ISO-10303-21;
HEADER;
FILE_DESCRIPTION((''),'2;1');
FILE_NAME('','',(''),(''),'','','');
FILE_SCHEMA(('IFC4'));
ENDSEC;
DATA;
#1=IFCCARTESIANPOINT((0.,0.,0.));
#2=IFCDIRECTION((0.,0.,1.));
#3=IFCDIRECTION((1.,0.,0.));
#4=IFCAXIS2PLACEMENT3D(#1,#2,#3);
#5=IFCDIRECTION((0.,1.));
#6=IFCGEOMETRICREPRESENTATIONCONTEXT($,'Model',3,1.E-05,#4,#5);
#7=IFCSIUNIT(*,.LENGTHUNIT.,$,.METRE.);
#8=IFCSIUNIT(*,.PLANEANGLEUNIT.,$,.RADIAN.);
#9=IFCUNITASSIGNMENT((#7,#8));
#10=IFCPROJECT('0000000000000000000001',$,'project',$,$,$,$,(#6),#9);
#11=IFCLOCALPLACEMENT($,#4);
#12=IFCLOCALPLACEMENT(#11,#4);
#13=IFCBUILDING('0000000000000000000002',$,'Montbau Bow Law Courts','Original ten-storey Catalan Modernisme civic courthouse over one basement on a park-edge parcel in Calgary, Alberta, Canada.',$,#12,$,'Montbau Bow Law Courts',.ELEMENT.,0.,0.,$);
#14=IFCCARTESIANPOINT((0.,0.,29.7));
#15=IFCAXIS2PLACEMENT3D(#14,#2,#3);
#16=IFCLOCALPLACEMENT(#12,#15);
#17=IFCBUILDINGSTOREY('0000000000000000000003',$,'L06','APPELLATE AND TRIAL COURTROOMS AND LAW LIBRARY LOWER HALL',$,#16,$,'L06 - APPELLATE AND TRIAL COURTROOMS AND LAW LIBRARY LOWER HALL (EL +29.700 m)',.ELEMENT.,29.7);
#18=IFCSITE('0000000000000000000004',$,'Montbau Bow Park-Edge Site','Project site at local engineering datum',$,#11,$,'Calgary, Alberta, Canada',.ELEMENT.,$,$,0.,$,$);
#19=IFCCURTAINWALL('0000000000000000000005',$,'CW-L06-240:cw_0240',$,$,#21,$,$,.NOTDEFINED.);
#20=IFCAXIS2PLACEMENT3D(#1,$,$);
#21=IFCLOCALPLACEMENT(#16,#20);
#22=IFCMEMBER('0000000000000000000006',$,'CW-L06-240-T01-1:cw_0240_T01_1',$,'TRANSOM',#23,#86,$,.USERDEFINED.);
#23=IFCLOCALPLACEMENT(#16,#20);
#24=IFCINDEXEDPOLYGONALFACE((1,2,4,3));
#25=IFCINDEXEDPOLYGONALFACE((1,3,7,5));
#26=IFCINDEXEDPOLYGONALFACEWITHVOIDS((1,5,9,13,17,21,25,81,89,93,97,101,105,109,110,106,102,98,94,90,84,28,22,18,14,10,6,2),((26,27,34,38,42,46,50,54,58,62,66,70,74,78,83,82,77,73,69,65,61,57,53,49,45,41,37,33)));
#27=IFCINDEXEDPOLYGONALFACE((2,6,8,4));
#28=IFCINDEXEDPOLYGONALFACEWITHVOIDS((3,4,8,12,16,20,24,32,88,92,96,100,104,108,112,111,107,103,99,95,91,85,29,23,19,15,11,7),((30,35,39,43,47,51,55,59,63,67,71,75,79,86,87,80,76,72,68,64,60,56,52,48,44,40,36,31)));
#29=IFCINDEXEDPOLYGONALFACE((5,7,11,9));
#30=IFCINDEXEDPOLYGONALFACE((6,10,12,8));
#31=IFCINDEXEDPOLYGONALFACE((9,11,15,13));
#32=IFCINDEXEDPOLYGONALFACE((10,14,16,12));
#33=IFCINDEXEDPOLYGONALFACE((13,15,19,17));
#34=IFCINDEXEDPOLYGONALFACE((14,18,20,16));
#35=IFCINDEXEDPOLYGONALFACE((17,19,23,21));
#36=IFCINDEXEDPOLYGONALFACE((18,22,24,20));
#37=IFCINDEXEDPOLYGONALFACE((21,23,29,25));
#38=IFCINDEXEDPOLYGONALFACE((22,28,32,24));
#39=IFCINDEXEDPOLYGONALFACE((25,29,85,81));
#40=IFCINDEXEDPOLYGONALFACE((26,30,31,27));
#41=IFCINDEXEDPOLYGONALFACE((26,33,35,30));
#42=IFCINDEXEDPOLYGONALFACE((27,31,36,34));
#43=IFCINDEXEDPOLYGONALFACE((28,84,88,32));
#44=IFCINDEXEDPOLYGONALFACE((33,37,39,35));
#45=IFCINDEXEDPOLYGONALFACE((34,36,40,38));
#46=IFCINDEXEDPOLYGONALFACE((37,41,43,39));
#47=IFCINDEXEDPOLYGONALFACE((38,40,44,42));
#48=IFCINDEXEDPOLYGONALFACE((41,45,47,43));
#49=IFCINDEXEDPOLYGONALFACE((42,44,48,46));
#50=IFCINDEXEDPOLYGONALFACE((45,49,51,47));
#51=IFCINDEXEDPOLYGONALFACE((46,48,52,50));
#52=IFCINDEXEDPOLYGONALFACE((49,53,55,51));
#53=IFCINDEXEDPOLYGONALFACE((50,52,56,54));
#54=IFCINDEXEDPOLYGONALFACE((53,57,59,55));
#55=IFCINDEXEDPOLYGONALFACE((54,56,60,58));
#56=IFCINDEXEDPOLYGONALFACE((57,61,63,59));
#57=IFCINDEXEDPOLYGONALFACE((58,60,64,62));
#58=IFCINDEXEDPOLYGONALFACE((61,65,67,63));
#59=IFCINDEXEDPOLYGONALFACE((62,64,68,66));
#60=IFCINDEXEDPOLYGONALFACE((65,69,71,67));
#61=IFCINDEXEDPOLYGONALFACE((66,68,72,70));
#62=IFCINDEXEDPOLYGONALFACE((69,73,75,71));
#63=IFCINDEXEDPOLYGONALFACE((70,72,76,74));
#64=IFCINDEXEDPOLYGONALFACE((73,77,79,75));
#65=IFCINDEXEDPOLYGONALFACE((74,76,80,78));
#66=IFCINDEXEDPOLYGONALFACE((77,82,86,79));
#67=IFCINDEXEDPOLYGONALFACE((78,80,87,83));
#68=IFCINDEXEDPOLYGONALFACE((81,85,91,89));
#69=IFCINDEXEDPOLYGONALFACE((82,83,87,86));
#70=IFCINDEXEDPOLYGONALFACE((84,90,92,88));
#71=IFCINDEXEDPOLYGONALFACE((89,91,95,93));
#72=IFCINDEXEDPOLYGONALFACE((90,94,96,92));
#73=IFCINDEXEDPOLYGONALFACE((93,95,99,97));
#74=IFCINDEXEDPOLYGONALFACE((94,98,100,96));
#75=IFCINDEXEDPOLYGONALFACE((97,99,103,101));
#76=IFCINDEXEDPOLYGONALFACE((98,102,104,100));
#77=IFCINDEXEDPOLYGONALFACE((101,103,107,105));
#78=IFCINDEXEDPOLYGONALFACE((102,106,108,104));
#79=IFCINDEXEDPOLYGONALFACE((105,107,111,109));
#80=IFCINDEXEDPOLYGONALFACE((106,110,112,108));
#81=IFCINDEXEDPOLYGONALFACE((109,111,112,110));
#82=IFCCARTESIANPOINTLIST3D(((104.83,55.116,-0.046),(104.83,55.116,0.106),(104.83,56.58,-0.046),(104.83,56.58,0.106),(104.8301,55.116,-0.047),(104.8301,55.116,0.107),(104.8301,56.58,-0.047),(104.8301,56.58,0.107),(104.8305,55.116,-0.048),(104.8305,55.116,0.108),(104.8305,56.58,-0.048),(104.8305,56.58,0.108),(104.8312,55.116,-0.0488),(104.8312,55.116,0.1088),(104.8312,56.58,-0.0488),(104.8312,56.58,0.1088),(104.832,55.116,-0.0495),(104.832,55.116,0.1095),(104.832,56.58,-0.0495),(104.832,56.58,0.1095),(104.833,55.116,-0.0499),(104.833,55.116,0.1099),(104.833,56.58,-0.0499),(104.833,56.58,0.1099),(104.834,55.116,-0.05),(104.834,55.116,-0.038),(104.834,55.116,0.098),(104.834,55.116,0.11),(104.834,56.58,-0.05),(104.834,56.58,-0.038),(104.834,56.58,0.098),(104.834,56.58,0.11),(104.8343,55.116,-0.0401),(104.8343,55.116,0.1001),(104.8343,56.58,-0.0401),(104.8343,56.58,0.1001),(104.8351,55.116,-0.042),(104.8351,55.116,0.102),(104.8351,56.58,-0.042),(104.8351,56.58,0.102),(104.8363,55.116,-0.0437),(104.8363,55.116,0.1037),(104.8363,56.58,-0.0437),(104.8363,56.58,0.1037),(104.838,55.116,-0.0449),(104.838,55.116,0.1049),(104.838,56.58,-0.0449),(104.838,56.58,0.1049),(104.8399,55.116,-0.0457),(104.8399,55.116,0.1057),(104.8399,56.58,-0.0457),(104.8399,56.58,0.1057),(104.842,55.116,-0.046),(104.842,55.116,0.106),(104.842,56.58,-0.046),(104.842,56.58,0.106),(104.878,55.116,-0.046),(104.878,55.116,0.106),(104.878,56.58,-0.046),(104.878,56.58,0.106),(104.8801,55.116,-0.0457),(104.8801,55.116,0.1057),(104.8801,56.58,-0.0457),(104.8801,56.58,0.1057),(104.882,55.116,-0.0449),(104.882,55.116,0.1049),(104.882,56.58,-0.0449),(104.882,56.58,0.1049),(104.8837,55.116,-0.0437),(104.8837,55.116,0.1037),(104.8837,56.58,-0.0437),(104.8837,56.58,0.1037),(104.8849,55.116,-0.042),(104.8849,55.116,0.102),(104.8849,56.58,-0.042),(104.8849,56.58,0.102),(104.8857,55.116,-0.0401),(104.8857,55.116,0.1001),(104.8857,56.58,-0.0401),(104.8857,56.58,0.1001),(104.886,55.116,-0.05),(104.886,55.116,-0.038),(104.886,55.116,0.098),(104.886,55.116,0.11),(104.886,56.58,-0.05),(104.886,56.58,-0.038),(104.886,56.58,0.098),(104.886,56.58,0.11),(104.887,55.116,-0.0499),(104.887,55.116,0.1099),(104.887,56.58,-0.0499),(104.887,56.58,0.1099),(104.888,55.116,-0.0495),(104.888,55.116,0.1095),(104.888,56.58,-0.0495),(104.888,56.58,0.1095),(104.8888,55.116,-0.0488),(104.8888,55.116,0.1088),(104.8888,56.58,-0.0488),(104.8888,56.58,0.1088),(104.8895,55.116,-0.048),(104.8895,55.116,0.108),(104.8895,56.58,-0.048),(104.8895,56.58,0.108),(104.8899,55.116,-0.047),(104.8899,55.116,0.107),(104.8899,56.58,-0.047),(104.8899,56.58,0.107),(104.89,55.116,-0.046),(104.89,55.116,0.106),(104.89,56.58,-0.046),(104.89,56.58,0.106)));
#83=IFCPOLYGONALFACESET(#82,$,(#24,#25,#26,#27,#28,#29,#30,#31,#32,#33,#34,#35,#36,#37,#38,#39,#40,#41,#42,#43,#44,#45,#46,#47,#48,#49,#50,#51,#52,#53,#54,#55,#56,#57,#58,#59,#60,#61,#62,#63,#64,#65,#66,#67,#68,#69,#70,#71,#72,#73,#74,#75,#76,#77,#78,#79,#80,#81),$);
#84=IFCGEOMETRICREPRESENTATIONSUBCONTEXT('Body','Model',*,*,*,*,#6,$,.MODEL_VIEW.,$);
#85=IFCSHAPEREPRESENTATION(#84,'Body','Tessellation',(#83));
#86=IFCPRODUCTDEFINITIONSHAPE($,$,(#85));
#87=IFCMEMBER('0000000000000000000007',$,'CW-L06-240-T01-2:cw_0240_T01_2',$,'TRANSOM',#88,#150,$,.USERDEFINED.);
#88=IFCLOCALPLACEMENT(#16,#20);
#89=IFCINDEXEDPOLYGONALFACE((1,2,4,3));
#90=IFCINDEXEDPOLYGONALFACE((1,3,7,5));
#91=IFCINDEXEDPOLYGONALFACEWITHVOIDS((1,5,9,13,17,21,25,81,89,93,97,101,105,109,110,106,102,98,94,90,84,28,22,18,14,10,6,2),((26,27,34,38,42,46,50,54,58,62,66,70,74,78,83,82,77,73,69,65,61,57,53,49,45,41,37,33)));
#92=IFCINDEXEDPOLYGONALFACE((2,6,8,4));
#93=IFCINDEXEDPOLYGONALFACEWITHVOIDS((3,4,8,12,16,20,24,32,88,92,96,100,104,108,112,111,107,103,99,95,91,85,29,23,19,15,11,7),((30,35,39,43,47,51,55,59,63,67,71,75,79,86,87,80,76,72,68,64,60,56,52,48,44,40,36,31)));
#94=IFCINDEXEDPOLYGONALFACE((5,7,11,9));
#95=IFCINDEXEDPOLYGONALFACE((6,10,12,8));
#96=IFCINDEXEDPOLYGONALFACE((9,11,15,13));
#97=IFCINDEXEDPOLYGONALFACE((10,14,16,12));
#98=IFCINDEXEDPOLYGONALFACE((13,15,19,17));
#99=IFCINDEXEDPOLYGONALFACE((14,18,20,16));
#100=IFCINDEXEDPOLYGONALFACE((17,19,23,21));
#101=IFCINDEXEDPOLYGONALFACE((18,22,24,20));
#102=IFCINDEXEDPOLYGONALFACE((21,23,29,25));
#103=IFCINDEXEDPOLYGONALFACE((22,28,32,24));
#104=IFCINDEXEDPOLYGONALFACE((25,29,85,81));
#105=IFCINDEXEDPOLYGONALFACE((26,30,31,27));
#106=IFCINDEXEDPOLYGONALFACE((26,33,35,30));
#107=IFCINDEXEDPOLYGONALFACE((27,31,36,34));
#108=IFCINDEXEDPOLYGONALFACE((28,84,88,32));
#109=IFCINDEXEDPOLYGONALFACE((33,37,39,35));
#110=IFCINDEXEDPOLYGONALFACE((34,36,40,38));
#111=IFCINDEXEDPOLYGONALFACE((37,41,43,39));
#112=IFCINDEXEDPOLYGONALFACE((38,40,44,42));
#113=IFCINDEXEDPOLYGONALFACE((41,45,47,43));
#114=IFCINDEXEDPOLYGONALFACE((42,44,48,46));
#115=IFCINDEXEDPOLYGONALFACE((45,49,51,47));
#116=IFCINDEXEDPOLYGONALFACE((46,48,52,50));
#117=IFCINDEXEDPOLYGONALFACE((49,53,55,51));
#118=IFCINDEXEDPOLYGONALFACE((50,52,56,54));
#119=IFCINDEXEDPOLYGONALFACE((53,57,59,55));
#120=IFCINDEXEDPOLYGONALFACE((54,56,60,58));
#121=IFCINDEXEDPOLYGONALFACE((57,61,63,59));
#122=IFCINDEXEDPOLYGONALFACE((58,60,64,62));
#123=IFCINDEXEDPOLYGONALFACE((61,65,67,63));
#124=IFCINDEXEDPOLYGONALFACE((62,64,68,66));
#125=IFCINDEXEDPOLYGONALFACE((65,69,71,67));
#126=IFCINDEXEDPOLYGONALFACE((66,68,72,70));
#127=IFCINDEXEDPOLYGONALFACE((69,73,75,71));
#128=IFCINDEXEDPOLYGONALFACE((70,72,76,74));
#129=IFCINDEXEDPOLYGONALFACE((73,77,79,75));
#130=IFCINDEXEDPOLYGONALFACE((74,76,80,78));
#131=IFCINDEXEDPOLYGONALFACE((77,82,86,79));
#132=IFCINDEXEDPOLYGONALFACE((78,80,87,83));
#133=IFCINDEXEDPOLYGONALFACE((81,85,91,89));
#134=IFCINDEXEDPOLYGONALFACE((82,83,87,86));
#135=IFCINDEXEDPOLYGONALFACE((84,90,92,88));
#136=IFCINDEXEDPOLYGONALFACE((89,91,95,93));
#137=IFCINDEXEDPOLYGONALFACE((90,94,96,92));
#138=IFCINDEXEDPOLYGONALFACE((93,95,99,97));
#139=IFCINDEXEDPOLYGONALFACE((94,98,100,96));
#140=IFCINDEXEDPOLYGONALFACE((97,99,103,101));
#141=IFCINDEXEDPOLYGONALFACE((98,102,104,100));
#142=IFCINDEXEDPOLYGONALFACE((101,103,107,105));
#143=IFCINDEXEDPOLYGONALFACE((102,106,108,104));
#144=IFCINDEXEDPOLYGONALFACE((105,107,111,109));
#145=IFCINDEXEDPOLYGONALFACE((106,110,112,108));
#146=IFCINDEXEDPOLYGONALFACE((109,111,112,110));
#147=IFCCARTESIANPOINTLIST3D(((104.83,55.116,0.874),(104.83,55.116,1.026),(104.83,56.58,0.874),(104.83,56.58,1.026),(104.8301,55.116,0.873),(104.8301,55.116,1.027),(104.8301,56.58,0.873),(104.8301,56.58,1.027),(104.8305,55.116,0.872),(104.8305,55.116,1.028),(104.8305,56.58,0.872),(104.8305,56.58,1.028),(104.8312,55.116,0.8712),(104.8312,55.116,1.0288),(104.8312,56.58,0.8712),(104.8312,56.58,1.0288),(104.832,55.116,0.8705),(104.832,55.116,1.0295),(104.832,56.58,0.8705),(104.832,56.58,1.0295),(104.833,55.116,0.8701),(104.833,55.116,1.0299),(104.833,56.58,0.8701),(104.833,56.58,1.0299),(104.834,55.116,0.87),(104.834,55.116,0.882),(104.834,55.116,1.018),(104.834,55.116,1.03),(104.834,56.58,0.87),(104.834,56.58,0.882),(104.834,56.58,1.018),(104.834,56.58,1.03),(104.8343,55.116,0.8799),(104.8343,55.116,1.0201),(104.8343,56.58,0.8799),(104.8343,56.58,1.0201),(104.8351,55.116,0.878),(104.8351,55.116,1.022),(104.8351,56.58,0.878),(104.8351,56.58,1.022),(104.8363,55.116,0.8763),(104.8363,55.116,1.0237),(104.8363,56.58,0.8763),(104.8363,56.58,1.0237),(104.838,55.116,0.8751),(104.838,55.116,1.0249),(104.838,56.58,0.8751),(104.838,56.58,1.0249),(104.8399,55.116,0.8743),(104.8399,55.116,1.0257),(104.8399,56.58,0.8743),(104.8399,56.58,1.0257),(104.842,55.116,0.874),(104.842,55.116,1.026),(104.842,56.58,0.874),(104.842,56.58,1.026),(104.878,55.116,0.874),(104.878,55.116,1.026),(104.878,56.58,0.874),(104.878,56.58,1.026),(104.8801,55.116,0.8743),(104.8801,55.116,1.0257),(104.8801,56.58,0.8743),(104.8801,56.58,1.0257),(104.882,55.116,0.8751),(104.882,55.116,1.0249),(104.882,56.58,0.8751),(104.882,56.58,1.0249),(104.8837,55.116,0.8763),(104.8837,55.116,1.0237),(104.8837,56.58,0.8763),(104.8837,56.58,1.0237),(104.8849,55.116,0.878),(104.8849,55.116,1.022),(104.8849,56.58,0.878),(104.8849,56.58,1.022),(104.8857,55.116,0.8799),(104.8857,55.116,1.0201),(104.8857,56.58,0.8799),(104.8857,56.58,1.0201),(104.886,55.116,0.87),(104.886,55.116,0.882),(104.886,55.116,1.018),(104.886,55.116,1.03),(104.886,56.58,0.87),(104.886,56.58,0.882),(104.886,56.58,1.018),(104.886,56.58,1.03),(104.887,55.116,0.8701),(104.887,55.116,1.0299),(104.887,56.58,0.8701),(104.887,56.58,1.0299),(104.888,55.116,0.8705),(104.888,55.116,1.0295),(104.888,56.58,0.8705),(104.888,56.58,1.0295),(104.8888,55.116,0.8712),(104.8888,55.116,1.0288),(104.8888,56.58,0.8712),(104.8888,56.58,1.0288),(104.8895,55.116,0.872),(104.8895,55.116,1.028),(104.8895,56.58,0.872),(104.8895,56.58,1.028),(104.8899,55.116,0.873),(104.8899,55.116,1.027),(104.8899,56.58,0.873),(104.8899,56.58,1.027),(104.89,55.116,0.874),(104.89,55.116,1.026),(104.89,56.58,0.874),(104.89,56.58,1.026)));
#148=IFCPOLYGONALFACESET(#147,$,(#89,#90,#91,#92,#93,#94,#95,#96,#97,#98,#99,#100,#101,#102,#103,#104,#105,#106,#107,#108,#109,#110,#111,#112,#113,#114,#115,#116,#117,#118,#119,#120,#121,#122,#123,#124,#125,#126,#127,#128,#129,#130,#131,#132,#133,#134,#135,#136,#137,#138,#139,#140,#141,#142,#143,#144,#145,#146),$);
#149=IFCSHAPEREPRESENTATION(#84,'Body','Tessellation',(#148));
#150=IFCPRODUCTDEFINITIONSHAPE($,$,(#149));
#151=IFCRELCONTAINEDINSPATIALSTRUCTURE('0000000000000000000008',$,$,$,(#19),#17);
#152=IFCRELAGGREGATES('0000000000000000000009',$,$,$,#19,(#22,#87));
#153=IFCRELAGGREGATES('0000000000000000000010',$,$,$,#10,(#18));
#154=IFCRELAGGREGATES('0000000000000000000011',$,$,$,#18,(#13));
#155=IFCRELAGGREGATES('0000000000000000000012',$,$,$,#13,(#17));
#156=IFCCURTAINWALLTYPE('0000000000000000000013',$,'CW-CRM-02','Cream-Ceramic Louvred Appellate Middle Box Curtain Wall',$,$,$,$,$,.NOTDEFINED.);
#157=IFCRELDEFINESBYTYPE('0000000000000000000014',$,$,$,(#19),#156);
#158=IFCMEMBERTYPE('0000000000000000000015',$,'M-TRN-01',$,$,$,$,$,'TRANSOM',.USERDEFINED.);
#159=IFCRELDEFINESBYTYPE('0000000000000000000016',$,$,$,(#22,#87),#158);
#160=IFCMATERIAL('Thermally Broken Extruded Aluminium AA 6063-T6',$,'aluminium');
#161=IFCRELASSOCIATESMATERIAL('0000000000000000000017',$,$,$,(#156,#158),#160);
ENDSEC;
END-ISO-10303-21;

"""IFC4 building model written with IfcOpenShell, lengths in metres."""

from ifc_helpers import new_model, si_unit, direction, frame, origin_with_axes, origin_2d_with_axis, place, context, subcontext, project, spatial, hollow_rectangle, extrude, material, material_profile, profile_set, type_object, element, aggregate, save


model = new_model("IFC4")

# Units and contexts
model_context = context("Model", 3, precision=1e-05, world=origin_with_axes(), true_north=direction((0.0, 1.0)))
body_context = subcontext(model_context, "Body", "Model", "MODEL_VIEW")
ifc_project = project(units=[si_unit("LENGTHUNIT", "METRE"), si_unit("PLANEANGLEUNIT", "RADIAN")], contexts=[model_context])

# Site, building, storey
site_placement = place(None, origin_with_axes())
site = spatial("IfcSite", under=ifc_project, at=site_placement, Name="Montbau Bow Park-Edge Site", Description="Project site at local engineering datum", LongName="Calgary, Alberta, Canada", CompositionType="ELEMENT", RefElevation=0.0)
building_placement = place(site_placement, origin_with_axes())
building = spatial("IfcBuilding", under=site, at=building_placement, Name="Montbau Bow Law Courts", Description="Original ten-storey Catalan Modernisme civic courthouse over one basement on a park-edge parcel in Calgary, Alberta, Canada.", LongName="Montbau Bow Law Courts", CompositionType="ELEMENT", ElevationOfRefHeight=0.0, ElevationOfTerrain=0.0)
storey_placement = place(building_placement, frame((0.0, 0.0, 29.7), z_axis=(0.0, 0.0, 1.0), x_axis=(1.0, 0.0, 0.0)))
storey = spatial("IfcBuildingStorey", under=building, at=storey_placement, Name="L06", Description="APPELLATE AND TRIAL COURTROOMS AND LAW LIBRARY LOWER HALL", LongName="L06 - APPELLATE AND TRIAL COURTROOMS AND LAW LIBRARY LOWER HALL (EL +29.700 m)", CompositionType="ELEMENT", Elevation=29.7)

# Curtain wall
ifc_material_1 = material(Name="Thermally Broken Extruded Aluminium AA 6063-T6", Category="aluminium")
curtain_wall_type = type_object("IfcCurtainWallType", Name="CW-CRM-02", Description="Cream-Ceramic Louvred Appellate Middle Box Curtain Wall", PredefinedType="NOTDEFINED", material=ifc_material_1)
curtain_wall_1_placement = place(None, frame((104.86, 55.04, 29.7), z_axis=(0.0, 0.0, 1.0), x_axis=(1.0, 0.0, 0.0)))
curtain_wall_1 = element("IfcCurtainWall", 1, at=curtain_wall_1_placement, inside=storey, type_object=curtain_wall_type, Name="CW-L06-240:cw_0240", PredefinedType="NOTDEFINED")

# Members
ifc_material_profile_1 = material_profile(ifc_material_1, hollow_rectangle(XDim=0.06, YDim=0.16, WallThickness=0.004, InnerFilletRadius=0.008, OuterFilletRadius=0.004, at=origin_2d_with_axis()), Name="CWT-160X60", Category="Main", Priority=0)
ifc_profile_set_1 = profile_set([ifc_material_profile_1], Name="Thermally Broken Extruded Aluminium AA 6063-T6")
member_type_1 = type_object("IfcMemberType", Name="M-TRN-01", ElementType="TRANSOM", PredefinedType="USERDEFINED", material=ifc_profile_set_1)
member_1_placement = place(None, frame((104.86, 55.116, 29.73), z_axis=(0.0, 1.0, 0.0), x_axis=(-1.0, 0.0, 0.0)))
member_1 = element("IfcMember", 2, at=member_1_placement, type_object=member_type_1, Name="CW-L06-240-T01-1:cw_0240_T01_1", ObjectType="TRANSOM", PredefinedType="USERDEFINED", context=body_context, shape_type="SweptSolid", body=[
    extrude(hollow_rectangle(XDim=0.06, YDim=0.16, WallThickness=0.004, InnerFilletRadius=0.008, OuterFilletRadius=0.004, at=origin_2d_with_axis()), origin_with_axes(), (0.0, 0.0, 1.0), 1.464),
])
member_2_placement = place(None, frame((104.86, 55.116, 30.65), z_axis=(0.0, 1.0, 0.0), x_axis=(-1.0, 0.0, 0.0)))
member_2 = element("IfcMember", 3, at=member_2_placement, type_object=member_type_1, Name="CW-L06-240-T01-2:cw_0240_T01_2", ObjectType="TRANSOM", PredefinedType="USERDEFINED", context=body_context, shape_type="SweptSolid", body=[
    extrude(hollow_rectangle(XDim=0.06, YDim=0.16, WallThickness=0.004, InnerFilletRadius=0.008, OuterFilletRadius=0.004, at=origin_2d_with_axis()), origin_with_axes(), (0.0, 0.0, 1.0), 1.464),
])

aggregate(curtain_wall_1, [member_1, member_2])

save(model, "model.ifc")
